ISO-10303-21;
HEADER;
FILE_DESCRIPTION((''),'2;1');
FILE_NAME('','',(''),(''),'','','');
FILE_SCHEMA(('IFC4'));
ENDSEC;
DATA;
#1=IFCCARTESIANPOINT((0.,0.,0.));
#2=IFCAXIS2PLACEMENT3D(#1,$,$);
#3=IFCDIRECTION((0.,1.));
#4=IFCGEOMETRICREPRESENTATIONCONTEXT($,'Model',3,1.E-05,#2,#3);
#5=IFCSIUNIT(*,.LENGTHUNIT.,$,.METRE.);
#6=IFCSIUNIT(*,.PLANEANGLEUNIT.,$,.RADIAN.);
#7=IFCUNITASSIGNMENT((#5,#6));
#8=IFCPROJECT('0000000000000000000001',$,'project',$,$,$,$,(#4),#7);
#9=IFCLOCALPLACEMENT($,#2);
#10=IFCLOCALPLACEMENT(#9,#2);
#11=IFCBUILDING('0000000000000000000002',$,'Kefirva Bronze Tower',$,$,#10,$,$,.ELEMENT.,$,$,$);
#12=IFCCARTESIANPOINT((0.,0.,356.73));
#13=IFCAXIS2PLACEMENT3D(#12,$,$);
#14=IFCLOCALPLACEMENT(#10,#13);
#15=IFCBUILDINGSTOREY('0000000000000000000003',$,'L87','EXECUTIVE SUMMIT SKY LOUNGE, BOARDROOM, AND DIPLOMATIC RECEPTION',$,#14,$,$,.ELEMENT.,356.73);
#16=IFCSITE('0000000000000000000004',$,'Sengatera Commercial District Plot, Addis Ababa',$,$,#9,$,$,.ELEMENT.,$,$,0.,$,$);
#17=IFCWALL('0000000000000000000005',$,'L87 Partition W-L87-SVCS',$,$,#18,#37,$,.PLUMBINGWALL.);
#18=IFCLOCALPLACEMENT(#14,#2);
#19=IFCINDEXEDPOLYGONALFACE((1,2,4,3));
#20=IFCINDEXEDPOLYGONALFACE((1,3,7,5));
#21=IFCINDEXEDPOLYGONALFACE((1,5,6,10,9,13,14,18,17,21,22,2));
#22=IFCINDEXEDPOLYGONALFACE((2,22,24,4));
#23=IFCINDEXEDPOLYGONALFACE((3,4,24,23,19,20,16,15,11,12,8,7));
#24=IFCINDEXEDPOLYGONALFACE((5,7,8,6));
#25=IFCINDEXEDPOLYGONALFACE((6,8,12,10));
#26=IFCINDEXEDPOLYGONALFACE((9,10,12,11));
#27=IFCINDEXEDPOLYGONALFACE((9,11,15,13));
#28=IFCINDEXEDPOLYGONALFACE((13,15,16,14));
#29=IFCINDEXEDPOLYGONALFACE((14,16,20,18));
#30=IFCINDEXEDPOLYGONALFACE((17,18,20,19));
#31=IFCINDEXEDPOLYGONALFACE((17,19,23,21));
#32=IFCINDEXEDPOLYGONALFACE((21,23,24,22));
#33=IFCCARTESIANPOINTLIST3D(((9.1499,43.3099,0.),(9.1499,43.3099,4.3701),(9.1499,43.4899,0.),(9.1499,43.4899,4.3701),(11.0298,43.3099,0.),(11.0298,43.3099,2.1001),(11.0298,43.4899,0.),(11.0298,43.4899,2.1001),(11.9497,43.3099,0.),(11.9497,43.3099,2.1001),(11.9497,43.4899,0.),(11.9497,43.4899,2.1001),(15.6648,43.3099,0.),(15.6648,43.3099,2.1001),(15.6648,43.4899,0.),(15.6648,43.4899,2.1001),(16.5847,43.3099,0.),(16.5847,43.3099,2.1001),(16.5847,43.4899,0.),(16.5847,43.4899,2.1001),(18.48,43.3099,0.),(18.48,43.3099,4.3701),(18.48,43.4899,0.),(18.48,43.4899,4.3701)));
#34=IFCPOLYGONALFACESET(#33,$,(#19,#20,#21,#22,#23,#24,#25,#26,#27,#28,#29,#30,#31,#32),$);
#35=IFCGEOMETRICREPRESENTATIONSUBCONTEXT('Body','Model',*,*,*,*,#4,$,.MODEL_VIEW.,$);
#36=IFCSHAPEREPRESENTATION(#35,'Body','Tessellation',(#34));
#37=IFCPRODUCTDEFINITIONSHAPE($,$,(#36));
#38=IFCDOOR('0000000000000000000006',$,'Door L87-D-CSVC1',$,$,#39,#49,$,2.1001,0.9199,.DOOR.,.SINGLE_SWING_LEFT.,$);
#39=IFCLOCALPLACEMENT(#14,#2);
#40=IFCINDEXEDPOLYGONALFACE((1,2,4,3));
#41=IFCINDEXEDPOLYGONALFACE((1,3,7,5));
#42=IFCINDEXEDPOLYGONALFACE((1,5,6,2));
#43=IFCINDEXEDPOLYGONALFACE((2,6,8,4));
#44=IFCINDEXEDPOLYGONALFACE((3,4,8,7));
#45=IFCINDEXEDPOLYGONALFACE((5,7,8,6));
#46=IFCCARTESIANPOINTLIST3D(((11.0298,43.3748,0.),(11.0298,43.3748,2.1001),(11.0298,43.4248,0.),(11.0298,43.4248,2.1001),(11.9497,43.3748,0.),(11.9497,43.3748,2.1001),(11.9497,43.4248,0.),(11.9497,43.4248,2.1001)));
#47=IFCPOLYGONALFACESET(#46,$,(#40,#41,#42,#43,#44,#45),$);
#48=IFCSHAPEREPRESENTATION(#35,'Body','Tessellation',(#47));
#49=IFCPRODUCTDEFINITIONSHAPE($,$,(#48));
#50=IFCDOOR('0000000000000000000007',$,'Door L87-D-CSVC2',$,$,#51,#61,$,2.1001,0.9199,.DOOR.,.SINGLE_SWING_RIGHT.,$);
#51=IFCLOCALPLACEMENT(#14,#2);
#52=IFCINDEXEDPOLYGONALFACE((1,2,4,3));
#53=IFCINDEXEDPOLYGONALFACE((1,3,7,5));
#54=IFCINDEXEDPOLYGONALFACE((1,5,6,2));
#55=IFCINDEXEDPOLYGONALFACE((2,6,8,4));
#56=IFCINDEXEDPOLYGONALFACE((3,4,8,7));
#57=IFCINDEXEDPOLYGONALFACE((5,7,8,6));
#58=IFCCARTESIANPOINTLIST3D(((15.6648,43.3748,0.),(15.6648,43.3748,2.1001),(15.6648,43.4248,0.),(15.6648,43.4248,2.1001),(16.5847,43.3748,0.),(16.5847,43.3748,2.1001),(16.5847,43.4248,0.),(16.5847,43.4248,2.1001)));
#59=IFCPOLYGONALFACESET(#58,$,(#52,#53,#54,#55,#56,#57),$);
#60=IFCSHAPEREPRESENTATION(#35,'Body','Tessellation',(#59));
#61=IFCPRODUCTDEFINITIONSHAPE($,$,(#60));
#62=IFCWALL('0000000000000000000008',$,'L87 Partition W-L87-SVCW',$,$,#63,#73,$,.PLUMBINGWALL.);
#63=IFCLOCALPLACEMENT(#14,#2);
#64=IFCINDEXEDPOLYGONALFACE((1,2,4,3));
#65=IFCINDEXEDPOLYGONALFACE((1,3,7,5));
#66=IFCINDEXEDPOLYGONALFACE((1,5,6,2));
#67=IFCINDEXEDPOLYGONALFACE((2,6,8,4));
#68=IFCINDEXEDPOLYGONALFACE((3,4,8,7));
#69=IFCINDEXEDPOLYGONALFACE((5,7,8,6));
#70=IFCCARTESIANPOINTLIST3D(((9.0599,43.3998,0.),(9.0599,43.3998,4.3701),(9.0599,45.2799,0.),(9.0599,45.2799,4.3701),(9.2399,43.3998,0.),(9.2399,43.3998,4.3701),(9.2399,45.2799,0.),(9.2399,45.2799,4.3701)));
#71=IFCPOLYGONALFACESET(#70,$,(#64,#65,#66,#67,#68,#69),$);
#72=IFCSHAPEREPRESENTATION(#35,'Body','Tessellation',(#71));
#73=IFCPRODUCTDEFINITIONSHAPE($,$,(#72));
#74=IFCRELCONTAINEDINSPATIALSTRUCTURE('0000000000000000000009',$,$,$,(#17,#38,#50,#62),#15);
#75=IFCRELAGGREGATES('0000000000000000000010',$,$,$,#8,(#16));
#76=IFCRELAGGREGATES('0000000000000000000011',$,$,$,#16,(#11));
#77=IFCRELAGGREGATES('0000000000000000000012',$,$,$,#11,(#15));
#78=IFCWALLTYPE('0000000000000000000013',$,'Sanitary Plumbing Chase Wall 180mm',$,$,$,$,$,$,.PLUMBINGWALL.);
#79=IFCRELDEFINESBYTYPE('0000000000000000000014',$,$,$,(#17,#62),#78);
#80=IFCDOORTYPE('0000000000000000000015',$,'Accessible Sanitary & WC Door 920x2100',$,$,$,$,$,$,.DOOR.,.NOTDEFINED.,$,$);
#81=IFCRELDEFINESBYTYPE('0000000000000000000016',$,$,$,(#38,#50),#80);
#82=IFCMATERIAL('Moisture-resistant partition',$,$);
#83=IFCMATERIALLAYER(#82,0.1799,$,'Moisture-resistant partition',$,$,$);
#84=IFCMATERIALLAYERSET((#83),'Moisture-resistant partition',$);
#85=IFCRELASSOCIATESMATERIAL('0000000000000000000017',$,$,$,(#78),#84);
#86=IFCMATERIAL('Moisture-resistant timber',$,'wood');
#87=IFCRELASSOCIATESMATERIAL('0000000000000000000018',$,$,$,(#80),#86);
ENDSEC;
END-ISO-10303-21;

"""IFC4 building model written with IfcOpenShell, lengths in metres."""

from ifc_helpers import new_model, si_unit, direction, frame, frame_2d, origin, place, context, subcontext, project, spatial, rectangle, extrude, material, layer, layer_set, type_object, element, fill, save


model = new_model("IFC4")

# Units and contexts
model_context = context("Model", 3, precision=1e-05, world=origin(), true_north=direction((0.0, 1.0)))
body_context = subcontext(model_context, "Body", "Model", "MODEL_VIEW")
ifc_project = project(units=[si_unit("LENGTHUNIT", "METRE"), si_unit("PLANEANGLEUNIT", "RADIAN")], contexts=[model_context])

# Site, building, storey
site_placement = place(None, origin())
site = spatial("IfcSite", under=ifc_project, at=site_placement, Name="Sengatera Commercial District Plot, Addis Ababa", CompositionType="ELEMENT", RefElevation=0.0)
building_placement = place(site_placement, origin())
building = spatial("IfcBuilding", under=site, at=building_placement, Name="Kefirva Bronze Tower", CompositionType="ELEMENT")
storey_placement = place(building_placement, frame((0.0, 0.0, 356.73)))
storey = spatial("IfcBuildingStorey", under=building, at=storey_placement, Name="L87", Description="EXECUTIVE SUMMIT SKY LOUNGE, BOARDROOM, AND DIPLOMATIC RECEPTION", CompositionType="ELEMENT", Elevation=356.73)

# Wall, openings, doors
ifc_material_1 = material(Name="Moisture-resistant partition")
ifc_layer_1 = layer(ifc_material_1, 0.1799, Name="Moisture-resistant partition")
ifc_layer_set_1 = layer_set([ifc_layer_1], Name="Moisture-resistant partition")
wall_type_1 = type_object("IfcWallType", Name="Sanitary Plumbing Chase Wall 180mm", PredefinedType="PLUMBINGWALL", material=ifc_layer_set_1)
wall_1_placement = place(storey_placement, frame((9.1499, 43.3999, 0.0), z_axis=(0.0, 0.0, 1.0), x_axis=(1.0, 0.0, 0.0)))
wall_1 = element("IfcWall", 1, at=wall_1_placement, inside=storey, type_object=wall_type_1, Name="L87 Partition W-L87-SVCS", PredefinedType="PLUMBINGWALL", context=body_context, shape_type="SweptSolid", body=[
    extrude(rectangle(XDim=9.3301, YDim=0.1799, at=frame_2d((4.665, 0.0))), origin(), (0.0, 0.0, 1.0), 4.3701),
])
opening_1_placement = place(wall_1_placement, frame((1.8799, 0.0, 0.0)))
opening_1 = element("IfcOpeningElement", 2, at=opening_1_placement, cuts=wall_1, PredefinedType="OPENING", context=body_context, shape_type="SweptSolid", body=[
    extrude(rectangle(XDim=0.9199, YDim=2.1001, at=frame_2d((0.46, 1.05))), frame((0.0, 0.1001, 0.0), z_axis=(0.0, -1.0, 0.0), x_axis=(1.0, 0.0, 0.0)), (0.0, 0.0, 1.0), 0.2),
])
opening_2_placement = place(wall_1_placement, frame((6.5149, 0.0, 0.0)))
opening_2 = element("IfcOpeningElement", 3, at=opening_2_placement, cuts=wall_1, PredefinedType="OPENING", context=body_context, shape_type="SweptSolid", body=[
    extrude(rectangle(XDim=0.9199, YDim=2.1001, at=frame_2d((0.46, 1.05))), frame((0.0, 0.1001, 0.0), z_axis=(0.0, -1.0, 0.0), x_axis=(1.0, 0.0, 0.0)), (0.0, 0.0, 1.0), 0.2),
])
ifc_material_2 = material(Name="Moisture-resistant timber", Category="wood")
door_type_1 = type_object("IfcDoorType", Name="Accessible Sanitary & WC Door 920x2100", OperationType="NOTDEFINED", PredefinedType="DOOR", material=ifc_material_2)
door_1_placement = place(opening_1_placement, origin())
door_1 = element("IfcDoor", 4, at=door_1_placement, inside=storey, type_object=door_type_1, Name="Door L87-D-CSVC1", OperationType="SINGLE_SWING_LEFT", OverallHeight=2.1001, OverallWidth=0.9199, PredefinedType="DOOR", context=body_context, shape_type="SweptSolid", body=[
    extrude(rectangle(XDim=0.9199, YDim=2.1001, at=frame_2d((0.46, 1.05))), frame((0.0, 0.0249, 0.0), z_axis=(0.0, -1.0, 0.0), x_axis=(1.0, 0.0, 0.0)), (0.0, 0.0, 1.0), 0.05),
])
fill(opening_1, door_1)
door_2_placement = place(opening_2_placement, origin())
door_2 = element("IfcDoor", 5, at=door_2_placement, inside=storey, type_object=door_type_1, Name="Door L87-D-CSVC2", OperationType="SINGLE_SWING_RIGHT", OverallHeight=2.1001, OverallWidth=0.9199, PredefinedType="DOOR", context=body_context, shape_type="SweptSolid", body=[
    extrude(rectangle(XDim=0.9199, YDim=2.1001, at=frame_2d((0.46, 1.05))), frame((0.0, 0.0249, 0.0), z_axis=(0.0, -1.0, 0.0), x_axis=(1.0, 0.0, 0.0)), (0.0, 0.0, 1.0), 0.05),
])
fill(opening_2, door_2)

# Wall
wall_2_placement = place(storey_placement, frame((9.1499, 43.3999, 0.0), z_axis=(0.0, 0.0, 1.0), x_axis=(0.0, 1.0, 0.0)))
element("IfcWall", 6, at=wall_2_placement, inside=storey, type_object=wall_type_1, Name="L87 Partition W-L87-SVCW", PredefinedType="PLUMBINGWALL", context=body_context, shape_type="SweptSolid", body=[
    extrude(rectangle(XDim=1.8801, YDim=0.1799, at=frame_2d((0.9399, 0.0))), origin(), (0.0, 0.0, 1.0), 4.3701),
])

save(model, "model.ifc")
